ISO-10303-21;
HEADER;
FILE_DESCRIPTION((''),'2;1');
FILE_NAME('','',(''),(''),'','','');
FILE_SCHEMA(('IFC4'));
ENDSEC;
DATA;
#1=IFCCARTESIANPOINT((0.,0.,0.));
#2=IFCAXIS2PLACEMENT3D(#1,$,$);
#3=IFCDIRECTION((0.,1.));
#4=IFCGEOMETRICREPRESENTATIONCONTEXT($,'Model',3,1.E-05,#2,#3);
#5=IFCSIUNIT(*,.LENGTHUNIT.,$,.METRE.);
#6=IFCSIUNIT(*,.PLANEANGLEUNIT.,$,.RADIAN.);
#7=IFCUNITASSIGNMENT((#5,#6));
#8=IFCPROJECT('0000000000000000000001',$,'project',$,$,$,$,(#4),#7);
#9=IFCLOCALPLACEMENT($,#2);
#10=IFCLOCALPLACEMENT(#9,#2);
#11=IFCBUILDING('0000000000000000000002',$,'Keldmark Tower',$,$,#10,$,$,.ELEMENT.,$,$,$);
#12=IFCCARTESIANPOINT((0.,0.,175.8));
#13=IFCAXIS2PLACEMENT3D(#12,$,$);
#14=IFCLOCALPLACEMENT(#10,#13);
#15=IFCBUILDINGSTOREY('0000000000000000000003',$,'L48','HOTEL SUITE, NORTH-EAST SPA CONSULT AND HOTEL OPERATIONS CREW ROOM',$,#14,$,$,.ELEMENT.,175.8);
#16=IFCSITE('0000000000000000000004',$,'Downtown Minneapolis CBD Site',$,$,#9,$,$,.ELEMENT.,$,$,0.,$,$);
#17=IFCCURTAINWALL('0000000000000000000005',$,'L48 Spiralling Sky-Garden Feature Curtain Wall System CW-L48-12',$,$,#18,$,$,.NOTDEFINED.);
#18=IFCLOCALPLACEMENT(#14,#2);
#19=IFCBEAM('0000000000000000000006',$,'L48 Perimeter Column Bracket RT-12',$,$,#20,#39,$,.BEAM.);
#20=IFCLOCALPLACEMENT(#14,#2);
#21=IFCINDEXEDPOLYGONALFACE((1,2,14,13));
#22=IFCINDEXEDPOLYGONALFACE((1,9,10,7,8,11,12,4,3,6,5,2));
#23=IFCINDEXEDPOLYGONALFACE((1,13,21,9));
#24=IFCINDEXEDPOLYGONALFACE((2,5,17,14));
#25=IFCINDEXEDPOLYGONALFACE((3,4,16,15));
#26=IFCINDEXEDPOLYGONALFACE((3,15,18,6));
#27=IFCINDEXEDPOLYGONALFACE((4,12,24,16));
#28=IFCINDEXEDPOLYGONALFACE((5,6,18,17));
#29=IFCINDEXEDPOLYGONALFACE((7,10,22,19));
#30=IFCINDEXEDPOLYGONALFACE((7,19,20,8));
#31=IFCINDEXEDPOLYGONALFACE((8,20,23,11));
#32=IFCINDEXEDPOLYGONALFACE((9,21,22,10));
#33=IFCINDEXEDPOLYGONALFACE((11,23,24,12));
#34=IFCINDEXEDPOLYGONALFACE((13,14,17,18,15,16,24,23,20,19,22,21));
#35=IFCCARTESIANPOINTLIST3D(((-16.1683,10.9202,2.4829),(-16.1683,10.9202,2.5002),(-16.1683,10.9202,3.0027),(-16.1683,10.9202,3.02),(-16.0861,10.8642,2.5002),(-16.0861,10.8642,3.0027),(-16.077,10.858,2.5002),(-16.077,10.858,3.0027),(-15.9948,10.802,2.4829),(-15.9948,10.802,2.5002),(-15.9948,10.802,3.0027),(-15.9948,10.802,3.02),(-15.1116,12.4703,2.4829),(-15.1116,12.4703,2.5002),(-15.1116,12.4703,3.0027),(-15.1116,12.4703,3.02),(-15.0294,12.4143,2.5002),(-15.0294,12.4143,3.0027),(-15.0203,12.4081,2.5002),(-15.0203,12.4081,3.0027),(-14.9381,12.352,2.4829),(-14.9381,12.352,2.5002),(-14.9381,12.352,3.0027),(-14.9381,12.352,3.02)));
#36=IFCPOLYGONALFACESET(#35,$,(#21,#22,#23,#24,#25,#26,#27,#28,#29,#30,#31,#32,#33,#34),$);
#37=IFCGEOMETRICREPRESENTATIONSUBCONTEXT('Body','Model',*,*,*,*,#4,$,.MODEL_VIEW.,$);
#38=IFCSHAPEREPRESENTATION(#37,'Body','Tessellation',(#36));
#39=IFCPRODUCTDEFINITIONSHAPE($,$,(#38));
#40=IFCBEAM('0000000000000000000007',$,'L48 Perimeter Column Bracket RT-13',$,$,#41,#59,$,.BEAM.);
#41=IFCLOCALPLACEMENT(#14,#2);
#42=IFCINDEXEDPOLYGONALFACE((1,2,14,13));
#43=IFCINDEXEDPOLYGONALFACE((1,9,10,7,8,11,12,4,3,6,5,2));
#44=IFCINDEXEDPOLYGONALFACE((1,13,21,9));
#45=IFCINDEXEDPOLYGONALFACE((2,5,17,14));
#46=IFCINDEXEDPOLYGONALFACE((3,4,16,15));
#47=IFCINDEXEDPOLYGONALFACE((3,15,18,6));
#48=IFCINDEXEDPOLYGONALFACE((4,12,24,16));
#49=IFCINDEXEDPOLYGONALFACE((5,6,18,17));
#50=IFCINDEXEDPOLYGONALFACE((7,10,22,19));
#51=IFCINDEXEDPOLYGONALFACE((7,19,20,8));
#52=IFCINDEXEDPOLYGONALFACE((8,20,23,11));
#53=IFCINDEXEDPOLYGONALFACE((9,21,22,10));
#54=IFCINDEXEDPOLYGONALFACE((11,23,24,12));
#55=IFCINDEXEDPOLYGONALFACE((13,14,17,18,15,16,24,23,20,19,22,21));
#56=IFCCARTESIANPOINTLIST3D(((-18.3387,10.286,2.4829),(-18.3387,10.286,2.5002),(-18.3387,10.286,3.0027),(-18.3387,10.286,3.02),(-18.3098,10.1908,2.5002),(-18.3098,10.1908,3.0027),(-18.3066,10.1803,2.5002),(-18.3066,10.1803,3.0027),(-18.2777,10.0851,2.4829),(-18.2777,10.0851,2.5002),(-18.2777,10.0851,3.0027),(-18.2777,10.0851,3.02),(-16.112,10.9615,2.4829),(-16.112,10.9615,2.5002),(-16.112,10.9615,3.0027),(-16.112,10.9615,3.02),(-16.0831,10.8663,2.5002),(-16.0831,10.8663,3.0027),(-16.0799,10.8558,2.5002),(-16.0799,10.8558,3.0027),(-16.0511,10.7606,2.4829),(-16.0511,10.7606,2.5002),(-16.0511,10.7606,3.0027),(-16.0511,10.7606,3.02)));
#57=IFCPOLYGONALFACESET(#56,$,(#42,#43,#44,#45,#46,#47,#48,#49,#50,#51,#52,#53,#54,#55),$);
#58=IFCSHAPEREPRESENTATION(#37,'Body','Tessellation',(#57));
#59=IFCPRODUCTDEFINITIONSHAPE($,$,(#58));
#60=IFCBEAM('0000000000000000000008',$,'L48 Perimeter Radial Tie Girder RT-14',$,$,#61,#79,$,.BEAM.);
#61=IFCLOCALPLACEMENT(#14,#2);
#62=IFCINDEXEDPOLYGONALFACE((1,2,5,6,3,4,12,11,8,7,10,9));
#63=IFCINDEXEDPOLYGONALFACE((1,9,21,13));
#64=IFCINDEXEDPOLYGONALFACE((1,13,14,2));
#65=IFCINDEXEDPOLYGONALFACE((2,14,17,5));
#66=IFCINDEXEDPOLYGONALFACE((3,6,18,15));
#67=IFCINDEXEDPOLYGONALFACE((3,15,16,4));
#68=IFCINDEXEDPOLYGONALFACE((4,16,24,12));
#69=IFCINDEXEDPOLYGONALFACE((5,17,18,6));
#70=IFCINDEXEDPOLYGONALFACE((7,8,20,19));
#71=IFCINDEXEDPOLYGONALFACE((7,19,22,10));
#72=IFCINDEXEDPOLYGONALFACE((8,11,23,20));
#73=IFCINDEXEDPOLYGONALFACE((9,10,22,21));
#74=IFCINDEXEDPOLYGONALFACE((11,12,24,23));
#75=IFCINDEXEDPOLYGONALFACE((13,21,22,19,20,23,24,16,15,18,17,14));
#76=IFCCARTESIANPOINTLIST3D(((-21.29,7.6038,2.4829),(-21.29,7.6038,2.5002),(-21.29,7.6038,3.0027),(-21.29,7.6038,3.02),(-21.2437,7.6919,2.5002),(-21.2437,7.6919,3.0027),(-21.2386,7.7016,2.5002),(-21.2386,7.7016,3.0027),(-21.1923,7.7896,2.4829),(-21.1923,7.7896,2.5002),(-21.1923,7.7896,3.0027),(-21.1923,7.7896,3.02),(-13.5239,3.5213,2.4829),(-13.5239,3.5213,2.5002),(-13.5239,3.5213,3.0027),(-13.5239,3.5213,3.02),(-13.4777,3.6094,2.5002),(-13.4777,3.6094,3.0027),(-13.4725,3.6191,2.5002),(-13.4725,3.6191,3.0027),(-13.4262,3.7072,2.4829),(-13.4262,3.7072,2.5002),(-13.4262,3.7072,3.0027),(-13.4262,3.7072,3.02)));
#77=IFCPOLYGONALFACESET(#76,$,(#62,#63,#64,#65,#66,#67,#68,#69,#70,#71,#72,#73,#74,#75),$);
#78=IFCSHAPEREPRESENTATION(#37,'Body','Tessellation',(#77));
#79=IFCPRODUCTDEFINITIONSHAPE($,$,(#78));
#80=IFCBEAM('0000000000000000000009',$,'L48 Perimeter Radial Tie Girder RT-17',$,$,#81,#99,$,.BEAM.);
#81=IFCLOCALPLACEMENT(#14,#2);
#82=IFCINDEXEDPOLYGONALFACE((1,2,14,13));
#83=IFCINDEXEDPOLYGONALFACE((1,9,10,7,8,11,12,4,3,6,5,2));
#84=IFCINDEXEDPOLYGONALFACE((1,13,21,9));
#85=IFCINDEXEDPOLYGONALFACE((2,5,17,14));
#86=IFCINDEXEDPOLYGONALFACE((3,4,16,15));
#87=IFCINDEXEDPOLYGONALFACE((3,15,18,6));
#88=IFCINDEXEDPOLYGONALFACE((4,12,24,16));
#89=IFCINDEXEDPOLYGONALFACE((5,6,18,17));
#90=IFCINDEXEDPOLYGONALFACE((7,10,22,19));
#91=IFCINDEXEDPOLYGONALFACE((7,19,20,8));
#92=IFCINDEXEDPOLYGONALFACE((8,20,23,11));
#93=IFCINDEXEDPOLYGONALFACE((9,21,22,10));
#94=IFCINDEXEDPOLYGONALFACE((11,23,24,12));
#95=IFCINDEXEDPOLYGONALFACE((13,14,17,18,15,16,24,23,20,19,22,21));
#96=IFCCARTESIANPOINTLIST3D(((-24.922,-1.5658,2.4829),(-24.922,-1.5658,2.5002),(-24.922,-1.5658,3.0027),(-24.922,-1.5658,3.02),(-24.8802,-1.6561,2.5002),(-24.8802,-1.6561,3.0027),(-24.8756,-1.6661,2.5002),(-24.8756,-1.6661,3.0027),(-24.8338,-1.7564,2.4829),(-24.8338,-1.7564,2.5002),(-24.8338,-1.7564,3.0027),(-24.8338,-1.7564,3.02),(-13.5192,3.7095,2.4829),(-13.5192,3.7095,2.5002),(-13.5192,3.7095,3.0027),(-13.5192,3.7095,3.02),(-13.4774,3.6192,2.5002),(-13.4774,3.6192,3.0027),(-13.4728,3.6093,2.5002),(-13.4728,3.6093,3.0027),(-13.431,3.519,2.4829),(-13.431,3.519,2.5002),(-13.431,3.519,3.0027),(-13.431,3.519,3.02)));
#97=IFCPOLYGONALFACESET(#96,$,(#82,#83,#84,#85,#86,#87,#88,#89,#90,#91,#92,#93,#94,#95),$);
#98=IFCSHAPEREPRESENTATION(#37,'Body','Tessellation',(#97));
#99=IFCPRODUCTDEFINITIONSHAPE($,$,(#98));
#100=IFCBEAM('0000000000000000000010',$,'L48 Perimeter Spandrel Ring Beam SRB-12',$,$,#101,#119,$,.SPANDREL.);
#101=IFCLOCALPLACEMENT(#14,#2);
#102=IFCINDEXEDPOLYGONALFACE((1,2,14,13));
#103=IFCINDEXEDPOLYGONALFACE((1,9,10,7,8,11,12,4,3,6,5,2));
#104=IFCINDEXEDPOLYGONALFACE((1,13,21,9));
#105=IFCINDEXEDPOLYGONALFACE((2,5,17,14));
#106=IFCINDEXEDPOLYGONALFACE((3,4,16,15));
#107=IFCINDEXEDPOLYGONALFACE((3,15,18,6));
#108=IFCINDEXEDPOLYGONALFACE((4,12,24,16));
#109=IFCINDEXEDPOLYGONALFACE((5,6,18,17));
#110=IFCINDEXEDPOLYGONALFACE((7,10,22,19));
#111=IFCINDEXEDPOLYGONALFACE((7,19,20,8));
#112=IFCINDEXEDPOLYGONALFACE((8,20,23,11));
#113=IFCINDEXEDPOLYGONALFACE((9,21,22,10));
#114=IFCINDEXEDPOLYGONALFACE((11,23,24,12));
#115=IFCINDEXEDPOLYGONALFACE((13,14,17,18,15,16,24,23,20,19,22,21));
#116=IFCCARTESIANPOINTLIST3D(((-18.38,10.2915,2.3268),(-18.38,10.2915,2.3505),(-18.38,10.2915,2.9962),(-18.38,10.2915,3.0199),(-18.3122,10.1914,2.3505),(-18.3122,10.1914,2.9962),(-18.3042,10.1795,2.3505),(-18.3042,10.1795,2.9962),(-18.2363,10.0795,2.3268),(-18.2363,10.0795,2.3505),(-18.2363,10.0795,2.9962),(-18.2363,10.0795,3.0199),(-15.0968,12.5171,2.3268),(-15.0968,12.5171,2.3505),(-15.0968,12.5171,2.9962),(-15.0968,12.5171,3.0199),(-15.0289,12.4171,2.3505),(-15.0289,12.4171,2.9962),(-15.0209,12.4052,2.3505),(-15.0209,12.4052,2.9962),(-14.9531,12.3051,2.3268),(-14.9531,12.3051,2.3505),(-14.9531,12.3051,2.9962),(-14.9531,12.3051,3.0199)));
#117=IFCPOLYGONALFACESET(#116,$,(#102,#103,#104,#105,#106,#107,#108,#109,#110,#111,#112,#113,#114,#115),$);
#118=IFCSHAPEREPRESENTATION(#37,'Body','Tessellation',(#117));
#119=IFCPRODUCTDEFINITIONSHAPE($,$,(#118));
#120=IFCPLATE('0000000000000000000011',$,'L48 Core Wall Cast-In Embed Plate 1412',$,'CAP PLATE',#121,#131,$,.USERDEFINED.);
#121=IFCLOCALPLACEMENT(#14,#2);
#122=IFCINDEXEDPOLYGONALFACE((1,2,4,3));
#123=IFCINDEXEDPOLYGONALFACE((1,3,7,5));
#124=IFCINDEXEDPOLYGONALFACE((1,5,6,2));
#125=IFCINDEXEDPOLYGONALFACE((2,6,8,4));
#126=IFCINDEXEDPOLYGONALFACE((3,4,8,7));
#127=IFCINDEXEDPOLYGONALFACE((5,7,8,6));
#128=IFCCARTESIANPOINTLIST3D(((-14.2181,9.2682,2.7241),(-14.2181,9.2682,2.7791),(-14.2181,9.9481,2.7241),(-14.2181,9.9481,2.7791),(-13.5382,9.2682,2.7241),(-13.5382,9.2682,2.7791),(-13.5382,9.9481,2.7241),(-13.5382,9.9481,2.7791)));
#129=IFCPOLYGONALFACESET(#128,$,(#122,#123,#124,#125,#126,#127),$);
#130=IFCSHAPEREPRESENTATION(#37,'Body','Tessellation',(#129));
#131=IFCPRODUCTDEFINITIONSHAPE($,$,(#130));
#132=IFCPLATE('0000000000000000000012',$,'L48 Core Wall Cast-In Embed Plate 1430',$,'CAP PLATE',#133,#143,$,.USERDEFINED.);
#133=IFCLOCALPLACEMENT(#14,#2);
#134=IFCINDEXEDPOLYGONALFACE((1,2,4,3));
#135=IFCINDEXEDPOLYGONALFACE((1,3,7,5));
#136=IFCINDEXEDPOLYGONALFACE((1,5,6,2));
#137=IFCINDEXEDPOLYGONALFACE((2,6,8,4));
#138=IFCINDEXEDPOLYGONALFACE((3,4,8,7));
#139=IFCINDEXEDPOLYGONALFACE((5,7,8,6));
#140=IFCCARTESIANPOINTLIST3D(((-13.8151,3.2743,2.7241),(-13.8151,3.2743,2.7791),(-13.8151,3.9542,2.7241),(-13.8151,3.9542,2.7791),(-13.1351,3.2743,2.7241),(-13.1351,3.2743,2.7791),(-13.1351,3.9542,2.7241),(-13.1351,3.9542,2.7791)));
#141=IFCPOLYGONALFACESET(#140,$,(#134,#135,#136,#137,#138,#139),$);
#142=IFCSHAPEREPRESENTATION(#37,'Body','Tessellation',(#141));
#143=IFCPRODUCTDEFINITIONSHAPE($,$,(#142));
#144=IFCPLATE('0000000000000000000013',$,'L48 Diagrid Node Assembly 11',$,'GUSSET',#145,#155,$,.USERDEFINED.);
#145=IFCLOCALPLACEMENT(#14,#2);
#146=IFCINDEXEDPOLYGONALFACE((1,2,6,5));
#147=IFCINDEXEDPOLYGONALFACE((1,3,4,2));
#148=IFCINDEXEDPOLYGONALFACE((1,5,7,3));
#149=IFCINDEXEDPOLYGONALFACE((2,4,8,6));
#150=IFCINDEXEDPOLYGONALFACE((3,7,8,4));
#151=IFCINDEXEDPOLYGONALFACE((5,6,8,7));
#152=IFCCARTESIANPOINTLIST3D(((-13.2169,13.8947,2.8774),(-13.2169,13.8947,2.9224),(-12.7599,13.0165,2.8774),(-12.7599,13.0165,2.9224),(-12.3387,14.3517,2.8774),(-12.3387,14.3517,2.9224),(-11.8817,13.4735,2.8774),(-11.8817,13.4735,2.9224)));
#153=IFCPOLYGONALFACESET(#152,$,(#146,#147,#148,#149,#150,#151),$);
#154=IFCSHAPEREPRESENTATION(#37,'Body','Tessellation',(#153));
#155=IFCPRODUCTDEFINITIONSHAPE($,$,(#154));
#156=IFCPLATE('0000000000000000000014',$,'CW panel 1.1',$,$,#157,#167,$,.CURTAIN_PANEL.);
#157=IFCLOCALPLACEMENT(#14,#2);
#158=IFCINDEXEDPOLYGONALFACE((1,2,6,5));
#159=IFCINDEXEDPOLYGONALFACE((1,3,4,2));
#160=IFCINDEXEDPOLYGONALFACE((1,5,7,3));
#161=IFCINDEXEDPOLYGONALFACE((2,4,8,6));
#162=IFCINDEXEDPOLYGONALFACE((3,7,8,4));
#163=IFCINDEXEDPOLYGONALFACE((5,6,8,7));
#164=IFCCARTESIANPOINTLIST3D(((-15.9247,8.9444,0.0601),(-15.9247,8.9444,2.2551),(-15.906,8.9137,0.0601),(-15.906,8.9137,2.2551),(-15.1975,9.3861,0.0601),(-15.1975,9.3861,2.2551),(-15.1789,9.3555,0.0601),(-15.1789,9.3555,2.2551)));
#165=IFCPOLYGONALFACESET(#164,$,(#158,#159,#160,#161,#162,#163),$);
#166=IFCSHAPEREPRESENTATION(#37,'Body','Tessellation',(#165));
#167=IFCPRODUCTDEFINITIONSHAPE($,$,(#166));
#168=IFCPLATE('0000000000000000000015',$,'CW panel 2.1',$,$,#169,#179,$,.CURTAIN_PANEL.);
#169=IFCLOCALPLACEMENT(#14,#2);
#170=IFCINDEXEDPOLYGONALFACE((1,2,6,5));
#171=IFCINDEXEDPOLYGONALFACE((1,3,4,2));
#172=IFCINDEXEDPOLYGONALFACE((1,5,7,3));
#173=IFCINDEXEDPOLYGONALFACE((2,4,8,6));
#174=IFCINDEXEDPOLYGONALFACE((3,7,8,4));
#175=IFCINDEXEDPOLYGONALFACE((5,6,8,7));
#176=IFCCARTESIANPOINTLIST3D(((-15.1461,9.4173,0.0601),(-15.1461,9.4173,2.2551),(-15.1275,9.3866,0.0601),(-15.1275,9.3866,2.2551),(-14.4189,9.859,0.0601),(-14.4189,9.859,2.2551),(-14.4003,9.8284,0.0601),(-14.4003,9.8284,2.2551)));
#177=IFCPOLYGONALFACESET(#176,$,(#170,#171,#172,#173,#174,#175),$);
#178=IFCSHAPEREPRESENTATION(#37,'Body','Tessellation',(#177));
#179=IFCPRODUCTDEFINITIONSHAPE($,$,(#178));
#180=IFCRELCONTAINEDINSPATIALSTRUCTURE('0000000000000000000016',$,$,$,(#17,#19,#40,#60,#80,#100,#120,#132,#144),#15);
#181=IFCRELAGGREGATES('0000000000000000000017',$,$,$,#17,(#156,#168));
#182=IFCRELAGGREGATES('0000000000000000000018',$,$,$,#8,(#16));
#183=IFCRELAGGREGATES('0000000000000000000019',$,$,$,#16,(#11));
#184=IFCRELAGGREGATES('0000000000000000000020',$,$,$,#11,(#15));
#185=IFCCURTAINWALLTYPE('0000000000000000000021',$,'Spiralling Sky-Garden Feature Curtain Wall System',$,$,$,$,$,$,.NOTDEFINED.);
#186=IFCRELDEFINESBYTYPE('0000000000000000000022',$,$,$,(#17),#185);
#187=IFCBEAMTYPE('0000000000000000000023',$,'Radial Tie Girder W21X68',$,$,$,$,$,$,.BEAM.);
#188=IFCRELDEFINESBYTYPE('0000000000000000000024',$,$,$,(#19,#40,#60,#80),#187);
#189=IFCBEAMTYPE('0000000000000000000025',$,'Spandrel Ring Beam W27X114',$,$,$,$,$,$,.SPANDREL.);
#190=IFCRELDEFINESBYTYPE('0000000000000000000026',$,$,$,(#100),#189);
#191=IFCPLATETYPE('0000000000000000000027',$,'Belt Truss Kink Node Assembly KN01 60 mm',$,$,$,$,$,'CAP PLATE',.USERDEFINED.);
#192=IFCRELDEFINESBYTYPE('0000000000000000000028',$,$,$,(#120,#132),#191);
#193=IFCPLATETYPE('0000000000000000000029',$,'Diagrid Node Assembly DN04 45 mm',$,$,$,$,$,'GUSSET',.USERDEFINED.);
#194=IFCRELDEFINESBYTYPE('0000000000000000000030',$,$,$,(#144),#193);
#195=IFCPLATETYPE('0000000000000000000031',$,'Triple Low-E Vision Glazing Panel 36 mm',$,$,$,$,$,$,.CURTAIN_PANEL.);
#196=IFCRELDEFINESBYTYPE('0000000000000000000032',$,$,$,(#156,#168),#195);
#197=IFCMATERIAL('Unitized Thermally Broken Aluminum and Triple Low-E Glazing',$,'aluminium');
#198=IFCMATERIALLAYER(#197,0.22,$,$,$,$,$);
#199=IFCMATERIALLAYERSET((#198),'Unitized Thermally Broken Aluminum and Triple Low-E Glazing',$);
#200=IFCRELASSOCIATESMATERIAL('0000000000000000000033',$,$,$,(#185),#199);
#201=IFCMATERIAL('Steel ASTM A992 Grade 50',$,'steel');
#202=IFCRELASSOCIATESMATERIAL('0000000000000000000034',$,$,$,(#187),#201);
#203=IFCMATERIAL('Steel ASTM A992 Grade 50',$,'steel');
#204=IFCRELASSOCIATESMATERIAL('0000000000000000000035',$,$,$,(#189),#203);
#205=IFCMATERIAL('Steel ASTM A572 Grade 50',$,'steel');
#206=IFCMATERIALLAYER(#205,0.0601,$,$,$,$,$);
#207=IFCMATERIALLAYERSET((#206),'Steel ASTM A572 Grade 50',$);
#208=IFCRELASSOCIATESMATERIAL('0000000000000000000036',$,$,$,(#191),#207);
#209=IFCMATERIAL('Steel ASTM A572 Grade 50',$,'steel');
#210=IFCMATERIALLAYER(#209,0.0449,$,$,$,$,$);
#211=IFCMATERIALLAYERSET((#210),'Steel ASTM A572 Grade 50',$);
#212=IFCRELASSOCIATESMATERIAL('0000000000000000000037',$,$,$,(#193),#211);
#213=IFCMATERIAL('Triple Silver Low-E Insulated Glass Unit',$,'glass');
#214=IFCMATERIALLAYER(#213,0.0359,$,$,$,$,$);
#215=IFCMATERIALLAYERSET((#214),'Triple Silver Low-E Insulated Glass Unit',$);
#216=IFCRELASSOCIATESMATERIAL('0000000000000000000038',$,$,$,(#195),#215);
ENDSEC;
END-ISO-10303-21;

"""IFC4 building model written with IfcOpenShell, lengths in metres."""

from ifc_helpers import new_model, si_unit, direction, frame, origin, origin_2d, place, context, subcontext, project, spatial, rectangle, i_section, extrude, material, layer, layer_set, material_profile, profile_set, type_object, element, aggregate, save


model = new_model("IFC4")

# Units and contexts
model_context = context("Model", 3, precision=1e-05, world=origin(), true_north=direction((0.0, 1.0)))
body_context = subcontext(model_context, "Body", "Model", "MODEL_VIEW")
ifc_project = project(units=[si_unit("LENGTHUNIT", "METRE"), si_unit("PLANEANGLEUNIT", "RADIAN")], contexts=[model_context])

# Site, building, storey
site_placement = place(None, origin())
site = spatial("IfcSite", under=ifc_project, at=site_placement, Name="Downtown Minneapolis CBD Site", CompositionType="ELEMENT", RefElevation=0.0)
building_placement = place(site_placement, origin())
building = spatial("IfcBuilding", under=site, at=building_placement, Name="Keldmark Tower", CompositionType="ELEMENT")
storey_placement = place(building_placement, frame((0.0, 0.0, 175.8)))
storey = spatial("IfcBuildingStorey", under=building, at=storey_placement, Name="L48", Description="HOTEL SUITE, NORTH-EAST SPA CONSULT AND HOTEL OPERATIONS CREW ROOM", CompositionType="ELEMENT", Elevation=175.8)

# Curtain wall
ifc_material_1 = material(Name="Unitized Thermally Broken Aluminum and Triple Low-E Glazing", Category="aluminium")
ifc_layer_1 = layer(ifc_material_1, 0.22)
ifc_layer_set_1 = layer_set([ifc_layer_1], Name="Unitized Thermally Broken Aluminum and Triple Low-E Glazing")
curtain_wall_type = type_object("IfcCurtainWallType", Name="Spiralling Sky-Garden Feature Curtain Wall System", PredefinedType="NOTDEFINED", material=ifc_layer_set_1)
curtain_wall_placement = place(storey_placement, origin())
curtain_wall = element("IfcCurtainWall", 1, at=curtain_wall_placement, inside=storey, type_object=curtain_wall_type, Name="L48 Spiralling Sky-Garden Feature Curtain Wall System CW-L48-12", PredefinedType="NOTDEFINED")

# Beams
ifc_material_2 = material(Name="Steel ASTM A992 Grade 50", Category="steel")
ifc_material_profile_1 = material_profile(ifc_material_2, i_section(OverallWidth=0.21, OverallDepth=0.5371, WebThickness=0.011, FlangeThickness=0.0173, at=origin_2d()), Name="W21X68")
ifc_profile_set_1 = profile_set([ifc_material_profile_1], Name="Steel ASTM A992 Grade 50")
beam_type_1 = type_object("IfcBeamType", Name="Radial Tie Girder W21X68", PredefinedType="BEAM", material=ifc_profile_set_1)
beam_1_placement = place(storey_placement, frame((-16.0815, 10.8611, 2.7515), z_axis=(0.56326, 0.82628, 0.0), x_axis=(-0.82628, 0.56326, 0.0)))
element("IfcBeam", 2, at=beam_1_placement, inside=storey, type_object=beam_type_1, Name="L48 Perimeter Column Bracket RT-12", PredefinedType="BEAM", context=body_context, shape_type="SweptSolid", body=[
    extrude(i_section(OverallWidth=0.21, OverallDepth=0.5371, WebThickness=0.011, FlangeThickness=0.0173, at=origin_2d()), origin(), (0.0, 0.0, 1.0), 1.876),
])
beam_2_placement = place(storey_placement, frame((-16.0815, 10.8611, 2.7515), z_axis=(-0.956926, -0.290331, 0.0), x_axis=(0.290331, -0.956926, 0.0)))
element("IfcBeam", 3, at=beam_2_placement, inside=storey, type_object=beam_type_1, Name="L48 Perimeter Column Bracket RT-13", PredefinedType="BEAM", context=body_context, shape_type="SweptSolid", body=[
    extrude(i_section(OverallWidth=0.21, OverallDepth=0.5371, WebThickness=0.011, FlangeThickness=0.0173, at=origin_2d()), origin(), (0.0, 0.0, 1.0), 2.3269),
])
beam_3_placement = place(storey_placement, frame((-13.4751, 3.6143, 2.7515), z_axis=(-0.885149, 0.465308, 0.0), x_axis=(-0.465308, -0.885149, 0.0)))
element("IfcBeam", 4, at=beam_3_placement, inside=storey, type_object=beam_type_1, Name="L48 Perimeter Radial Tie Girder RT-14", PredefinedType="BEAM", context=body_context, shape_type="SweptSolid", body=[
    extrude(i_section(OverallWidth=0.21, OverallDepth=0.5371, WebThickness=0.011, FlangeThickness=0.0173, at=origin_2d()), origin(), (0.0, 0.0, 1.0), 8.7737),
])
beam_4_placement = place(storey_placement, frame((-13.4751, 3.6143, 2.7515), z_axis=(-0.907579, -0.419881, 0.0), x_axis=(0.419881, -0.907579, 0.0)))
element("IfcBeam", 5, at=beam_4_placement, inside=storey, type_object=beam_type_1, Name="L48 Perimeter Radial Tie Girder RT-17", PredefinedType="BEAM", context=body_context, shape_type="SweptSolid", body=[
    extrude(i_section(OverallWidth=0.21, OverallDepth=0.5371, WebThickness=0.011, FlangeThickness=0.0173, at=origin_2d()), origin(), (0.0, 0.0, 1.0), 12.564),
])
ifc_material_3 = material(Name="Steel ASTM A992 Grade 50", Category="steel")
ifc_material_profile_2 = material_profile(ifc_material_3, i_section(OverallWidth=0.2561, OverallDepth=0.6931, WebThickness=0.0144, FlangeThickness=0.0237, at=origin_2d()), Name="W27X114")
ifc_profile_set_2 = profile_set([ifc_material_profile_2], Name="Steel ASTM A992 Grade 50")
beam_type_2 = type_object("IfcBeamType", Name="Spandrel Ring Beam W27X114", PredefinedType="SPANDREL", material=ifc_profile_set_2)
beam_5_placement = place(storey_placement, frame((-15.0249, 12.4111, 2.6733), z_axis=(-0.827745, -0.561104, 0.0), x_axis=(0.561104, -0.827745, 0.0)))
element("IfcBeam", 6, at=beam_5_placement, inside=storey, type_object=beam_type_2, Name="L48 Perimeter Spandrel Ring Beam SRB-12", PredefinedType="SPANDREL", context=body_context, shape_type="SweptSolid", body=[
    extrude(i_section(OverallWidth=0.2561, OverallDepth=0.6931, WebThickness=0.0144, FlangeThickness=0.0237, at=origin_2d()), origin(), (0.0, 0.0, 1.0), 3.9666),
])

# Plates
ifc_material_4 = material(Name="Steel ASTM A572 Grade 50", Category="steel")
ifc_layer_2 = layer(ifc_material_4, 0.0601)
ifc_layer_set_2 = layer_set([ifc_layer_2], Name="Steel ASTM A572 Grade 50")
plate_type_1 = type_object("IfcPlateType", Name="Belt Truss Kink Node Assembly KN01 60 mm", ElementType="CAP PLATE", PredefinedType="USERDEFINED", material=ifc_layer_set_2)
for number, where, z_axis, x_axis, name in (
    (7, (-13.8782, 9.6082, 2.7241), (0.0, 0.0, 1.0), (1.0, 0.0, 0.0), "L48 Core Wall Cast-In Embed Plate 1412"),
    (8, (-13.4751, 3.6143, 2.7241), (0.0, 0.0, 1.0), (1.0, 0.0, 0.0), "L48 Core Wall Cast-In Embed Plate 1430"),
):
    element("IfcPlate", number, at=place(storey_placement, frame(where, z_axis=z_axis, x_axis=x_axis)), inside=storey, type_object=plate_type_1, Name=name, ObjectType="CAP PLATE", PredefinedType="USERDEFINED", context=body_context, shape_type="SweptSolid", body=[
        extrude(rectangle(XDim=0.6799, YDim=0.6799, at=origin_2d()), origin(), (0.0, 0.0, 1.0), 0.0549),
    ])
ifc_material_5 = material(Name="Steel ASTM A572 Grade 50", Category="steel")
ifc_layer_3 = layer(ifc_material_5, 0.0449)
ifc_layer_set_3 = layer_set([ifc_layer_3], Name="Steel ASTM A572 Grade 50")
plate_type_2 = type_object("IfcPlateType", Name="Diagrid Node Assembly DN04 45 mm", ElementType="GUSSET", PredefinedType="USERDEFINED", material=ifc_layer_set_3)
plate_1_placement = place(storey_placement, frame((-12.5493, 13.6841, 2.8774), z_axis=(0.0, 0.0, 1.0), x_axis=(-0.887091, -0.461594, 0.0)))
element("IfcPlate", 9, at=plate_1_placement, inside=storey, type_object=plate_type_2, Name="L48 Diagrid Node Assembly 11", ObjectType="GUSSET", PredefinedType="USERDEFINED", context=body_context, shape_type="SweptSolid", body=[
    extrude(rectangle(XDim=0.99, YDim=0.99, at=origin_2d()), origin(), (0.0, 0.0, 1.0), 0.0449),
])

# Plates
ifc_material_6 = material(Name="Triple Silver Low-E Insulated Glass Unit", Category="glass")
ifc_layer_4 = layer(ifc_material_6, 0.0359)
ifc_layer_set_4 = layer_set([ifc_layer_4], Name="Triple Silver Low-E Insulated Glass Unit")
plate_type_3 = type_object("IfcPlateType", Name="Triple Low-E Vision Glazing Panel 36 mm", PredefinedType="CURTAIN_PANEL", material=ifc_layer_set_4)
plate_2_placement = place(storey_placement, frame((-15.5518, 9.1499, 0.0601), z_axis=(0.0, 0.0, 1.0), x_axis=(0.854638, 0.519224, 0.0)))
plate_2 = element("IfcPlate", 10, at=plate_2_placement, type_object=plate_type_3, Name="CW panel 1.1", PredefinedType="CURTAIN_PANEL", context=body_context, shape_type="SweptSolid", body=[
    extrude(rectangle(XDim=0.8508, YDim=0.0359, at=origin_2d()), origin(), (0.0, 0.0, 1.0), 2.1951),
])
plate_3_placement = place(storey_placement, frame((-14.7732, 9.6228, 0.0601), z_axis=(0.0, 0.0, 1.0), x_axis=(0.854638, 0.519224, 0.0)))
plate_3 = element("IfcPlate", 11, at=plate_3_placement, type_object=plate_type_3, Name="CW panel 2.1", PredefinedType="CURTAIN_PANEL", context=body_context, shape_type="SweptSolid", body=[
    extrude(rectangle(XDim=0.8508, YDim=0.0359, at=origin_2d()), origin(), (0.0, 0.0, 1.0), 2.1951),
])
aggregate(curtain_wall, [plate_2, plate_3])

save(model, "model.ifc")
